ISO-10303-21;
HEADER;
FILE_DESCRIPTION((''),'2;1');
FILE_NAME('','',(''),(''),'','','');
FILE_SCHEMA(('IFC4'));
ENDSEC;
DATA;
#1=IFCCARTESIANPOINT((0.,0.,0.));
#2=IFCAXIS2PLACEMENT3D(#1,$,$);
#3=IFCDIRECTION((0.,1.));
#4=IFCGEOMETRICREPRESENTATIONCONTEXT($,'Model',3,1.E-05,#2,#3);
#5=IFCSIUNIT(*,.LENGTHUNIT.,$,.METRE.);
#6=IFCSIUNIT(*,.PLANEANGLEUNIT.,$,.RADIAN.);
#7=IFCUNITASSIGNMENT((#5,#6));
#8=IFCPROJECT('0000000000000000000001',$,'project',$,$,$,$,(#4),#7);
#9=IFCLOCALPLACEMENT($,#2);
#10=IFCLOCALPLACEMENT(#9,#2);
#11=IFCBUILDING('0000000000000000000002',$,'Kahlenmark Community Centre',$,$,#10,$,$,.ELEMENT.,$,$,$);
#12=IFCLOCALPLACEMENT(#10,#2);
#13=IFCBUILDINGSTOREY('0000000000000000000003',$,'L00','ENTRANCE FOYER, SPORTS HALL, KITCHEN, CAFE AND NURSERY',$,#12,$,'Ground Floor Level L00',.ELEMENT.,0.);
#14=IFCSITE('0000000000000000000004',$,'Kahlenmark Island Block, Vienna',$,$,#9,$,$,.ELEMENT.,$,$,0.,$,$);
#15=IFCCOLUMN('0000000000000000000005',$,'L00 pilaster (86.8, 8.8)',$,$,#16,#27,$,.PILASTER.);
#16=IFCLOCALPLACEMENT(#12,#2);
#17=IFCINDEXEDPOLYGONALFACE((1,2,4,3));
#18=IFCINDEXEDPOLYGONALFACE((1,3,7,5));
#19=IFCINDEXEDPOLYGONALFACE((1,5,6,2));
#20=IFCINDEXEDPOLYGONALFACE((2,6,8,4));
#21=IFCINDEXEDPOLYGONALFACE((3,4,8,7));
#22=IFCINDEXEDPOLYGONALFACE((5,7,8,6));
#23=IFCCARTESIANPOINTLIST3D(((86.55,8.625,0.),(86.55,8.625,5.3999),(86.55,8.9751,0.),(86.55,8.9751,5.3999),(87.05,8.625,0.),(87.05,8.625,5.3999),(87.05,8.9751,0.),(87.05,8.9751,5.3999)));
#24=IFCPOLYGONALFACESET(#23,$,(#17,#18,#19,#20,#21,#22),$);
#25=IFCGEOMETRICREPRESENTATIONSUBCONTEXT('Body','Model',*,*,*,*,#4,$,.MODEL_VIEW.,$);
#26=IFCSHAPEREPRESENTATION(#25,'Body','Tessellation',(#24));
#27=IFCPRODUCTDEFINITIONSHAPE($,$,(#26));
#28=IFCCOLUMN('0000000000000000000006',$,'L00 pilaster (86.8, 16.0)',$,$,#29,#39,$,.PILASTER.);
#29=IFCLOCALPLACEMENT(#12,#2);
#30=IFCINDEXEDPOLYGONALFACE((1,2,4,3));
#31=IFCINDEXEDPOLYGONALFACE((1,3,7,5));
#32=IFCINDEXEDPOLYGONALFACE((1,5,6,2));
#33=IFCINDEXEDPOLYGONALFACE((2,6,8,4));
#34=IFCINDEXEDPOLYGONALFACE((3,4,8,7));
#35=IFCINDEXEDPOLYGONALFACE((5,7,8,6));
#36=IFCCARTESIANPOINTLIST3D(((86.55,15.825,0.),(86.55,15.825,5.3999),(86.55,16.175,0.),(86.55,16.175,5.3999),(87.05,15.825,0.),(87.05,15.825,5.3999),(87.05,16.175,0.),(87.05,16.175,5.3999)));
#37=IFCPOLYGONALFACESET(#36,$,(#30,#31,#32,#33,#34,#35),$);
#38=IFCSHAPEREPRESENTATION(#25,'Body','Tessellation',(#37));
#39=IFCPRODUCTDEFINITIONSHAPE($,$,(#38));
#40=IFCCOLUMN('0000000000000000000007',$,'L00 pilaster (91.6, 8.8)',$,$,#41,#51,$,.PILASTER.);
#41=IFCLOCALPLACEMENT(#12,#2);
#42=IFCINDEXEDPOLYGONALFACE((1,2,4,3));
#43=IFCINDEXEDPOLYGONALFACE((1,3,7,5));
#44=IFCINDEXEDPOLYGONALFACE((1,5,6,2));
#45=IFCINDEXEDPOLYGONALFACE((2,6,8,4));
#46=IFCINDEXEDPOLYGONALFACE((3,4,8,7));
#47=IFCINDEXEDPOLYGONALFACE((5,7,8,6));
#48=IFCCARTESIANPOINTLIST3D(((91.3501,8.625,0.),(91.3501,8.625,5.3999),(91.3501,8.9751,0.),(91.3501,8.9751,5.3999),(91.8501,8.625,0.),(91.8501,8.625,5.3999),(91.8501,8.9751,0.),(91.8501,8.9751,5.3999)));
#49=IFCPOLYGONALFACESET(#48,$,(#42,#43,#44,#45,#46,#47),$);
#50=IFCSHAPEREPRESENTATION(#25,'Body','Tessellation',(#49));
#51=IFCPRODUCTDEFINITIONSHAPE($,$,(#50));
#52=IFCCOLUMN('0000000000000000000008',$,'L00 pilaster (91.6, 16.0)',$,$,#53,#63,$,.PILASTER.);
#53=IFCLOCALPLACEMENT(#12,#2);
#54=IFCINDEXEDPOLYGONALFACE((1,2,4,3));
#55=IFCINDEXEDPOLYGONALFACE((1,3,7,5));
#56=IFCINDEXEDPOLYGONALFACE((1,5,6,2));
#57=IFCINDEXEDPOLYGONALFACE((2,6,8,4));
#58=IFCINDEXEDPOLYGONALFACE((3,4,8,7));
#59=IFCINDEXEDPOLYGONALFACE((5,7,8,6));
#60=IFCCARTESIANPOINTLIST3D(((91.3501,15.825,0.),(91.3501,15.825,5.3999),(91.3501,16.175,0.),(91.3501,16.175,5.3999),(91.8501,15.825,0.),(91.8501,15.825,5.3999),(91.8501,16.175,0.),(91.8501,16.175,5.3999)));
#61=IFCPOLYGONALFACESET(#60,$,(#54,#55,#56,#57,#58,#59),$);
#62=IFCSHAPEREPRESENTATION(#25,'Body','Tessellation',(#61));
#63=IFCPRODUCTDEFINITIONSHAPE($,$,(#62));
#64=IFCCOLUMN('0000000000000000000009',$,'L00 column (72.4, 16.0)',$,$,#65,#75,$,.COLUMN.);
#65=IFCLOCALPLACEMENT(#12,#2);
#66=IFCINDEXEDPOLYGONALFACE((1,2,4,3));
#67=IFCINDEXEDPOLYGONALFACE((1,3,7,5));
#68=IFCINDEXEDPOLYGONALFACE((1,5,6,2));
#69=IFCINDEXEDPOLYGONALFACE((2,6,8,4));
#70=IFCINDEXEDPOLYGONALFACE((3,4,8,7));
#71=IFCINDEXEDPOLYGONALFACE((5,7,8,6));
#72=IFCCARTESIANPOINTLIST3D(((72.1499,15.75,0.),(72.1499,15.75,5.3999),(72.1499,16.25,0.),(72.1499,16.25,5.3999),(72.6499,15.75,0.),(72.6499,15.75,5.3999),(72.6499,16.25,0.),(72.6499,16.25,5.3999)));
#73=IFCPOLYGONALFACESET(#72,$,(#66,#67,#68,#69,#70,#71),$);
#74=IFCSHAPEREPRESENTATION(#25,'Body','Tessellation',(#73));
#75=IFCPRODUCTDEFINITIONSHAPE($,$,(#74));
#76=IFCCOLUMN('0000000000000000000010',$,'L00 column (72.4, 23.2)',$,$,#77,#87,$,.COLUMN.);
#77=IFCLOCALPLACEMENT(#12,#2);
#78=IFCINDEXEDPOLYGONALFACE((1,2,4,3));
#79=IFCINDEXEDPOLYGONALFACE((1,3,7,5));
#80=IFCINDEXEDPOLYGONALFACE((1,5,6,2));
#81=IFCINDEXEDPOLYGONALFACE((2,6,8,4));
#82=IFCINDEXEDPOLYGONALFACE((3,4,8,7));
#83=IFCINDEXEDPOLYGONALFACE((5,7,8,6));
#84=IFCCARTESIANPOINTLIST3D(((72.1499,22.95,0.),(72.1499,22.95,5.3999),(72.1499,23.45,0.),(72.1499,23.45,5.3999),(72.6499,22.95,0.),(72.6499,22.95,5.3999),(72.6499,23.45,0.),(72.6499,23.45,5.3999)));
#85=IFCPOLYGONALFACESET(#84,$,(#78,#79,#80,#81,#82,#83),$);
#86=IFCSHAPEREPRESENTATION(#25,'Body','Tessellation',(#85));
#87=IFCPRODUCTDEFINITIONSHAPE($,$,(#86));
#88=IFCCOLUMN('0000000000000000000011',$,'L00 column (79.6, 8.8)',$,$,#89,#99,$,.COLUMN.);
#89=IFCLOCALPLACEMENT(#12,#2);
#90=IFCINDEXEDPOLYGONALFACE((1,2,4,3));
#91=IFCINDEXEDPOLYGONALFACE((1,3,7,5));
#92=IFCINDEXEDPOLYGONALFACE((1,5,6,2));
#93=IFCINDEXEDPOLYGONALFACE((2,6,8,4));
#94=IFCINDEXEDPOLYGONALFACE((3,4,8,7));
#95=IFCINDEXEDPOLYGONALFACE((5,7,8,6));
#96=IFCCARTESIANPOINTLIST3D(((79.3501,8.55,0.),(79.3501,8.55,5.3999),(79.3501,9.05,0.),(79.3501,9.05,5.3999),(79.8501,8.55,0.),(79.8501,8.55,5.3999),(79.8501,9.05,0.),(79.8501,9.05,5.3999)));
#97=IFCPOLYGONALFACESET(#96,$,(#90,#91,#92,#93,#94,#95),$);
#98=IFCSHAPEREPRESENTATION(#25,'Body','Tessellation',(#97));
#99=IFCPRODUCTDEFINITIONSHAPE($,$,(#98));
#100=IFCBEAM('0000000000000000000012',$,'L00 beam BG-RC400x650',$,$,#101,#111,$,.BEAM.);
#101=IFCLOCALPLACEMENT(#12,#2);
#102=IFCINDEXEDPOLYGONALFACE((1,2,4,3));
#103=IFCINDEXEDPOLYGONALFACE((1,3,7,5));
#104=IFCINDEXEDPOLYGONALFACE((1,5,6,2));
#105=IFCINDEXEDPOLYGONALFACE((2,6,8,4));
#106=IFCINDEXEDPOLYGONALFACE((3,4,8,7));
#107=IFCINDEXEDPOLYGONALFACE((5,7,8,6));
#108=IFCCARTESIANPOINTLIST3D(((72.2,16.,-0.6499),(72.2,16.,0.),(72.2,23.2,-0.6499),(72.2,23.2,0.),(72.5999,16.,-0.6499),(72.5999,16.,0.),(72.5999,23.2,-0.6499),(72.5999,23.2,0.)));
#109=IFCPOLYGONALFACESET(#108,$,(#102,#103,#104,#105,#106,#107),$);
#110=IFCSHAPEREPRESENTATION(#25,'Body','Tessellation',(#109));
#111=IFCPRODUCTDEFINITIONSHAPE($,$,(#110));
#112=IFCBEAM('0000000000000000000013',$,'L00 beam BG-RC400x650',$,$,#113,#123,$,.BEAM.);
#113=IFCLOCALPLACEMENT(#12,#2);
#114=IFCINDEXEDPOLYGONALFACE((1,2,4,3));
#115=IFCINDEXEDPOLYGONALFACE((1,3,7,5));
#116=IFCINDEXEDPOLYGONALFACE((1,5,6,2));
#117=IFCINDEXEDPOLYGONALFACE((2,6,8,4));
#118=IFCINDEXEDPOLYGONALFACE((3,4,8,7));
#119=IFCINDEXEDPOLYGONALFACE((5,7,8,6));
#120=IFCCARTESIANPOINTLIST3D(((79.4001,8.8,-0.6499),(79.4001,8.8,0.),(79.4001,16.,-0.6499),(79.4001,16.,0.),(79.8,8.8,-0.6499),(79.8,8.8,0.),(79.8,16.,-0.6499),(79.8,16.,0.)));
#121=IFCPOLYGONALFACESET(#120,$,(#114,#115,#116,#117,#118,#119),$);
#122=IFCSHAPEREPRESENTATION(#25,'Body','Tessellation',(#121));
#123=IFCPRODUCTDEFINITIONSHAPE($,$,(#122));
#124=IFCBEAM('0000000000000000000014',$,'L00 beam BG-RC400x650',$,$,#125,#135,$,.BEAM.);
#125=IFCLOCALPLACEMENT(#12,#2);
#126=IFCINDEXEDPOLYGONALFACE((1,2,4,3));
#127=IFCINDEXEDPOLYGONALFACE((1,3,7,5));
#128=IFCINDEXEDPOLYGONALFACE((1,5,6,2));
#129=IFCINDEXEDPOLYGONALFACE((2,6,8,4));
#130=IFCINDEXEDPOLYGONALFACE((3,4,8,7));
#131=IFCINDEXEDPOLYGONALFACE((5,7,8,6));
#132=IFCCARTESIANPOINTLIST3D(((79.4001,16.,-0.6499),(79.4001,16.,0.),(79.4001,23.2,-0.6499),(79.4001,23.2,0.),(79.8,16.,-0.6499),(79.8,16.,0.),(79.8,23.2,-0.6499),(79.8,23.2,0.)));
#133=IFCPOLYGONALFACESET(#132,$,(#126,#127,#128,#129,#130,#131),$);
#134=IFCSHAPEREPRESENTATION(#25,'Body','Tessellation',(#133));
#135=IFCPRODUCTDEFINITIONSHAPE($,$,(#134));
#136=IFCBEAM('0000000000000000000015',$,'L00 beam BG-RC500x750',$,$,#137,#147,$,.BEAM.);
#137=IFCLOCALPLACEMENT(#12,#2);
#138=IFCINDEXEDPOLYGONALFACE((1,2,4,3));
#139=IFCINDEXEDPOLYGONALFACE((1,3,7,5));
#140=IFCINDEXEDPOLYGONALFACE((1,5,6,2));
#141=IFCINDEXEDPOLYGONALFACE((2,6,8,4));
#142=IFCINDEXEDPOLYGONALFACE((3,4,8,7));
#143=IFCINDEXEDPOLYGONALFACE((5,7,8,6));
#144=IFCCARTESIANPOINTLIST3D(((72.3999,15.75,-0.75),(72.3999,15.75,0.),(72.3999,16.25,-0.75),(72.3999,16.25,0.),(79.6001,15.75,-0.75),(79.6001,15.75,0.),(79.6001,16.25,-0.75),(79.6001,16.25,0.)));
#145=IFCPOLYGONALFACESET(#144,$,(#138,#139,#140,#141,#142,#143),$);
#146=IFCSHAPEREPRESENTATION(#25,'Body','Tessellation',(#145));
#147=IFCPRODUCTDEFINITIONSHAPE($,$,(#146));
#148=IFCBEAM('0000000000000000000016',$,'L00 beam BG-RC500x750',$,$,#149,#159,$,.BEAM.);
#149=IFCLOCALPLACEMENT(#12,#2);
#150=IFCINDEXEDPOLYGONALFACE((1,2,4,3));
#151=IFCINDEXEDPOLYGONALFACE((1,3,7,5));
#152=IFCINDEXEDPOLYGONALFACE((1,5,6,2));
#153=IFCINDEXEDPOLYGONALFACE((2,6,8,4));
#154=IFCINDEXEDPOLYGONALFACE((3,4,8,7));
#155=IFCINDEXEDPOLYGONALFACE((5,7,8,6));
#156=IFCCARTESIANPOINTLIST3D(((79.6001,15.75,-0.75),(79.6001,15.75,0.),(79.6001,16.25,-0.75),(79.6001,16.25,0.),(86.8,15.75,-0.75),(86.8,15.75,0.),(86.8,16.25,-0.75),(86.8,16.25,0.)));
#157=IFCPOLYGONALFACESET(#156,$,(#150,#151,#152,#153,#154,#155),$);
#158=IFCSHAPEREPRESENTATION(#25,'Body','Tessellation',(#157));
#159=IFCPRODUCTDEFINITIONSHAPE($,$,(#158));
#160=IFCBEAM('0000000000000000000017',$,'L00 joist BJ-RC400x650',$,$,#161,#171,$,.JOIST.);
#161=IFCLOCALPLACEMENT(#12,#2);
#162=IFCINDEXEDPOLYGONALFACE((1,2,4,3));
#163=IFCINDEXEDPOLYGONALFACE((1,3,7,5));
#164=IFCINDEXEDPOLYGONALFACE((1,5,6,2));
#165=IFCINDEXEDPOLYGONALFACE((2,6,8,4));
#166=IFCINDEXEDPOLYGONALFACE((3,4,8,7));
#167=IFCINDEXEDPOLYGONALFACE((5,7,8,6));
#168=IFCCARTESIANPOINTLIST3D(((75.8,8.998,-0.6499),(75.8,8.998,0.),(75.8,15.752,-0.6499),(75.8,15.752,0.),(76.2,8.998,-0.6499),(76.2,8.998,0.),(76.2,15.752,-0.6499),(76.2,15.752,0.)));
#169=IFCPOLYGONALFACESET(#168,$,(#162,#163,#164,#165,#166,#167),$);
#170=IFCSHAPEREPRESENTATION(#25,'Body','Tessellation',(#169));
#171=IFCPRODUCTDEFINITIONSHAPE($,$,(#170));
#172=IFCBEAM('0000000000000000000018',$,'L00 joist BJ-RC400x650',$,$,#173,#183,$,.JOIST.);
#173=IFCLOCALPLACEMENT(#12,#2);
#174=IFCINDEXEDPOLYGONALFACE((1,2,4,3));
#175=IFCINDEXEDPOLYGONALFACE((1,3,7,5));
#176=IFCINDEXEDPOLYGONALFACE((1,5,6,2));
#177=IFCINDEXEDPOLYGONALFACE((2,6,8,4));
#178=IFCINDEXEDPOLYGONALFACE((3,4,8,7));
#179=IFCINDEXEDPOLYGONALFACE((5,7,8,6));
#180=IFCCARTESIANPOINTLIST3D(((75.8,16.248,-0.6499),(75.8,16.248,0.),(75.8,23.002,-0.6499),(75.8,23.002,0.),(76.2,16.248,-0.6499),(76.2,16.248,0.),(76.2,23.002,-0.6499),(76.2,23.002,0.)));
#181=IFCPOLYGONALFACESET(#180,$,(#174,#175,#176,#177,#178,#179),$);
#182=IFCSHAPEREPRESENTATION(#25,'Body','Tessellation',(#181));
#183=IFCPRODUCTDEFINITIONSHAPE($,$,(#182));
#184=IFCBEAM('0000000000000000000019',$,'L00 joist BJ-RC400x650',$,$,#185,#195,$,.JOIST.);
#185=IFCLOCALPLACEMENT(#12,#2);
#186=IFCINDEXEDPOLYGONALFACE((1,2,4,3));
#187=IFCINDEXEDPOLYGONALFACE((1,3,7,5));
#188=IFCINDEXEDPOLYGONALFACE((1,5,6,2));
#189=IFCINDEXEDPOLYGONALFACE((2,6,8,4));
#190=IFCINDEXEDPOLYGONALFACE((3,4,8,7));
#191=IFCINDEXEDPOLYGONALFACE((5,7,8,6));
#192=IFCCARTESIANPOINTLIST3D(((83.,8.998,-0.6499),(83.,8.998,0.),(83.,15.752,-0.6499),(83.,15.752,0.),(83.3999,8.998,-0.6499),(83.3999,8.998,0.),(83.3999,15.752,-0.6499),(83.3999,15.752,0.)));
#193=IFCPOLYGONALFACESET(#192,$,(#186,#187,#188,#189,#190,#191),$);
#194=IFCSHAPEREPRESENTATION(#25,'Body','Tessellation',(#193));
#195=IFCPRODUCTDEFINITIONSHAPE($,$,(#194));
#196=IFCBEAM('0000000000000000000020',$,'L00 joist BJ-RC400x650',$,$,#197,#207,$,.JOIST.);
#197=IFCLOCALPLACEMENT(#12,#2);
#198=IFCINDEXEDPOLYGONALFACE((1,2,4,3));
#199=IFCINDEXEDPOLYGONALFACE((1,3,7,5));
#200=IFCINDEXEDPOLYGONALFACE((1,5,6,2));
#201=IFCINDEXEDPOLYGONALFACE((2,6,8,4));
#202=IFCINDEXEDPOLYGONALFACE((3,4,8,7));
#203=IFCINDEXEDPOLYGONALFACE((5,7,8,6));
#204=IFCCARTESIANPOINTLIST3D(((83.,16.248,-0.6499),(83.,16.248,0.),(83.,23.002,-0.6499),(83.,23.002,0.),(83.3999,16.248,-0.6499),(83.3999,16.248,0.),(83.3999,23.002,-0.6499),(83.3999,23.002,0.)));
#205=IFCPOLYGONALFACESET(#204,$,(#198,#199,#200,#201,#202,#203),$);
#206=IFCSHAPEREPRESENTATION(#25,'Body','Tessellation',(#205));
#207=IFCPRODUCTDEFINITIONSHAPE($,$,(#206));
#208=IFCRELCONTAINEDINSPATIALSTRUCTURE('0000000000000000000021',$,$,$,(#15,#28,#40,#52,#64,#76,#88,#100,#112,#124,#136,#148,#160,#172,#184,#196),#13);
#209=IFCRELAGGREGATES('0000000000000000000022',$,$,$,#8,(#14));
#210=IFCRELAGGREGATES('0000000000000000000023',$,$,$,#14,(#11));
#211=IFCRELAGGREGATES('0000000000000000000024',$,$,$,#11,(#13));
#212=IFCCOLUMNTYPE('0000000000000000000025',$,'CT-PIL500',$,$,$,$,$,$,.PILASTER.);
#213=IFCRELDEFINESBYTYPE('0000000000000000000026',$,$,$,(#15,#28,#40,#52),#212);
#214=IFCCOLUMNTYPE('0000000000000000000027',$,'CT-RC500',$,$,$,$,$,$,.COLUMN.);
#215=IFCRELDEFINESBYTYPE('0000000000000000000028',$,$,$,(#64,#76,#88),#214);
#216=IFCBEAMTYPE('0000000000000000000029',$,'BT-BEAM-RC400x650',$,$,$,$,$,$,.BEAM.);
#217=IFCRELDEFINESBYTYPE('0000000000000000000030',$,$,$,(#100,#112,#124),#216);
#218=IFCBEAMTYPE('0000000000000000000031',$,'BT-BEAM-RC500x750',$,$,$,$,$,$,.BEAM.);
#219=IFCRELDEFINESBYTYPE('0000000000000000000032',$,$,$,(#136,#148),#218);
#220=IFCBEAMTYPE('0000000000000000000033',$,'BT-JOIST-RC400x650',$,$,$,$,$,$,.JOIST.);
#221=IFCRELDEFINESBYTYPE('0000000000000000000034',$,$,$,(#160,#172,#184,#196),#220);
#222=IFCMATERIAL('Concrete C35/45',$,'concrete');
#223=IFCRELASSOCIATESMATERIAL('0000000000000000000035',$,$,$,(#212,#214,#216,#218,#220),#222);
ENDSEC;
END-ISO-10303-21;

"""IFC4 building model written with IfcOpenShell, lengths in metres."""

from ifc_helpers import new_model, si_unit, direction, frame, origin, origin_2d, place, context, subcontext, project, spatial, rectangle, extrude, material, material_profile, profile_set, type_object, element, save


model = new_model("IFC4")

# Units and contexts
model_context = context("Model", 3, precision=1e-05, world=origin(), true_north=direction((0.0, 1.0)))
body_context = subcontext(model_context, "Body", "Model", "MODEL_VIEW")
ifc_project = project(units=[si_unit("LENGTHUNIT", "METRE"), si_unit("PLANEANGLEUNIT", "RADIAN")], contexts=[model_context])

# Site, building, storey
site_placement = place(None, origin())
site = spatial("IfcSite", under=ifc_project, at=site_placement, Name="Kahlenmark Island Block, Vienna", CompositionType="ELEMENT", RefElevation=0.0)
building_placement = place(site_placement, origin())
building = spatial("IfcBuilding", under=site, at=building_placement, Name="Kahlenmark Community Centre", CompositionType="ELEMENT")
storey_placement = place(building_placement, origin())
storey = spatial("IfcBuildingStorey", under=building, at=storey_placement, Name="L00", Description="ENTRANCE FOYER, SPORTS HALL, KITCHEN, CAFE AND NURSERY", LongName="Ground Floor Level L00", CompositionType="ELEMENT", Elevation=0.0)

# Columns
ifc_material_1 = material(Name="Concrete C35/45", Category="concrete")
ifc_material_profile_1 = material_profile(ifc_material_1, rectangle(XDim=0.5, YDim=0.3501, at=origin_2d()), Name="RC 500x350")
ifc_profile_set_1 = profile_set([ifc_material_profile_1], Name="Concrete C35/45")
column_type_1 = type_object("IfcColumnType", Name="CT-PIL500", PredefinedType="PILASTER", material=ifc_profile_set_1)
for number, where, z_axis, x_axis, name in (
    (1, (86.8, 8.8, 0.0), (0.0, 0.0, 1.0), (1.0, 0.0, 0.0), "L00 pilaster (86.8, 8.8)"),
    (2, (86.8, 16.0, 0.0), (0.0, 0.0, 1.0), (1.0, 0.0, 0.0), "L00 pilaster (86.8, 16.0)"),
    (3, (91.6001, 8.8, 0.0), (0.0, 0.0, 1.0), (1.0, 0.0, 0.0), "L00 pilaster (91.6, 8.8)"),
    (4, (91.6001, 16.0, 0.0), (0.0, 0.0, 1.0), (1.0, 0.0, 0.0), "L00 pilaster (91.6, 16.0)"),
):
    element("IfcColumn", number, at=place(storey_placement, frame(where, z_axis=z_axis, x_axis=x_axis)), inside=storey, type_object=column_type_1, Name=name, PredefinedType="PILASTER", context=body_context, shape_type="SweptSolid", body=[
        extrude(rectangle(XDim=0.5, YDim=0.3501, at=origin_2d()), origin(), (0.0, 0.0, 1.0), 5.3999),
    ])
ifc_material_profile_2 = material_profile(ifc_material_1, rectangle(XDim=0.5, YDim=0.5, at=origin_2d()), Name="RC 500x500")
ifc_profile_set_2 = profile_set([ifc_material_profile_2], Name="Concrete C35/45")
column_type_2 = type_object("IfcColumnType", Name="CT-RC500", PredefinedType="COLUMN", material=ifc_profile_set_2)
for number, where, z_axis, x_axis, name in (
    (5, (72.3999, 16.0, 0.0), (0.0, 0.0, 1.0), (1.0, 0.0, 0.0), "L00 column (72.4, 16.0)"),
    (6, (72.3999, 23.2, 0.0), (0.0, 0.0, 1.0), (1.0, 0.0, 0.0), "L00 column (72.4, 23.2)"),
    (7, (79.6001, 8.8, 0.0), (0.0, 0.0, 1.0), (1.0, 0.0, 0.0), "L00 column (79.6, 8.8)"),
):
    element("IfcColumn", number, at=place(storey_placement, frame(where, z_axis=z_axis, x_axis=x_axis)), inside=storey, type_object=column_type_2, Name=name, PredefinedType="COLUMN", context=body_context, shape_type="SweptSolid", body=[
        extrude(rectangle(XDim=0.5, YDim=0.5, at=origin_2d()), origin(), (0.0, 0.0, 1.0), 5.3999),
    ])

# Beams
ifc_material_profile_3 = material_profile(ifc_material_1, rectangle(XDim=0.3999, YDim=0.6499, at=origin_2d()), Name="RC 400x650")
ifc_profile_set_3 = profile_set([ifc_material_profile_3], Name="Concrete C35/45")
beam_type_1 = type_object("IfcBeamType", Name="BT-BEAM-RC400x650", PredefinedType="BEAM", material=ifc_profile_set_3)
for number, where, z_axis, x_axis, name in (
    (8, (72.3999, 16.0, -0.325), (0.0, 1.0, 0.0), (-1.0, 0.0, 0.0), "L00 beam BG-RC400x650"),
    (9, (79.6001, 8.8, -0.325), (0.0, 1.0, 0.0), (-1.0, 0.0, 0.0), "L00 beam BG-RC400x650"),
    (10, (79.6001, 16.0, -0.325), (0.0, 1.0, 0.0), (-1.0, 0.0, 0.0), "L00 beam BG-RC400x650"),
):
    element("IfcBeam", number, at=place(storey_placement, frame(where, z_axis=z_axis, x_axis=x_axis)), inside=storey, type_object=beam_type_1, Name=name, PredefinedType="BEAM", context=body_context, shape_type="SweptSolid", body=[
        extrude(rectangle(XDim=0.3999, YDim=0.6499, at=origin_2d()), origin(), (0.0, 0.0, 1.0), 7.2),
    ])
ifc_material_profile_4 = material_profile(ifc_material_1, rectangle(XDim=0.5, YDim=0.75, at=origin_2d()), Name="RC 500x750")
ifc_profile_set_4 = profile_set([ifc_material_profile_4], Name="Concrete C35/45")
beam_type_2 = type_object("IfcBeamType", Name="BT-BEAM-RC500x750", PredefinedType="BEAM", material=ifc_profile_set_4)
beam_1_placement = place(storey_placement, frame((72.3999, 16.0, -0.375), z_axis=(1.0, 0.0, 0.0), x_axis=(0.0, 1.0, 0.0)))
element("IfcBeam", 11, at=beam_1_placement, inside=storey, type_object=beam_type_2, Name="L00 beam BG-RC500x750", PredefinedType="BEAM", context=body_context, shape_type="SweptSolid", body=[
    extrude(rectangle(XDim=0.5, YDim=0.75, at=origin_2d()), origin(), (0.0, 0.0, 1.0), 7.2002),
])
beam_2_placement = place(storey_placement, frame((79.6001, 16.0, -0.375), z_axis=(1.0, 0.0, 0.0), x_axis=(0.0, 1.0, 0.0)))
element("IfcBeam", 12, at=beam_2_placement, inside=storey, type_object=beam_type_2, Name="L00 beam BG-RC500x750", PredefinedType="BEAM", context=body_context, shape_type="SweptSolid", body=[
    extrude(rectangle(XDim=0.5, YDim=0.75, at=origin_2d()), origin(), (0.0, 0.0, 1.0), 7.2),
])
ifc_material_profile_5 = material_profile(ifc_material_1, rectangle(XDim=0.3999, YDim=0.6499, at=origin_2d()), Name="RC 400x650")
ifc_profile_set_5 = profile_set([ifc_material_profile_5], Name="Concrete C35/45")
beam_type_3 = type_object("IfcBeamType", Name="BT-JOIST-RC400x650", PredefinedType="JOIST", material=ifc_profile_set_5)
for number, where, z_axis, x_axis, name in (
    (13, (76.0, 8.998, -0.325), (0.0, 1.0, 0.0), (-1.0, 0.0, 0.0), "L00 joist BJ-RC400x650"),
    (14, (76.0, 16.248, -0.325), (0.0, 1.0, 0.0), (-1.0, 0.0, 0.0), "L00 joist BJ-RC400x650"),
    (15, (83.2, 8.998, -0.325), (0.0, 1.0, 0.0), (-1.0, 0.0, 0.0), "L00 joist BJ-RC400x650"),
    (16, (83.2, 16.248, -0.325), (0.0, 1.0, 0.0), (-1.0, 0.0, 0.0), "L00 joist BJ-RC400x650"),
):
    element("IfcBeam", number, at=place(storey_placement, frame(where, z_axis=z_axis, x_axis=x_axis)), inside=storey, type_object=beam_type_3, Name=name, PredefinedType="JOIST", context=body_context, shape_type="SweptSolid", body=[
        extrude(rectangle(XDim=0.3999, YDim=0.6499, at=origin_2d()), origin(), (0.0, 0.0, 1.0), 6.7539),
    ])

save(model, "model.ifc")
